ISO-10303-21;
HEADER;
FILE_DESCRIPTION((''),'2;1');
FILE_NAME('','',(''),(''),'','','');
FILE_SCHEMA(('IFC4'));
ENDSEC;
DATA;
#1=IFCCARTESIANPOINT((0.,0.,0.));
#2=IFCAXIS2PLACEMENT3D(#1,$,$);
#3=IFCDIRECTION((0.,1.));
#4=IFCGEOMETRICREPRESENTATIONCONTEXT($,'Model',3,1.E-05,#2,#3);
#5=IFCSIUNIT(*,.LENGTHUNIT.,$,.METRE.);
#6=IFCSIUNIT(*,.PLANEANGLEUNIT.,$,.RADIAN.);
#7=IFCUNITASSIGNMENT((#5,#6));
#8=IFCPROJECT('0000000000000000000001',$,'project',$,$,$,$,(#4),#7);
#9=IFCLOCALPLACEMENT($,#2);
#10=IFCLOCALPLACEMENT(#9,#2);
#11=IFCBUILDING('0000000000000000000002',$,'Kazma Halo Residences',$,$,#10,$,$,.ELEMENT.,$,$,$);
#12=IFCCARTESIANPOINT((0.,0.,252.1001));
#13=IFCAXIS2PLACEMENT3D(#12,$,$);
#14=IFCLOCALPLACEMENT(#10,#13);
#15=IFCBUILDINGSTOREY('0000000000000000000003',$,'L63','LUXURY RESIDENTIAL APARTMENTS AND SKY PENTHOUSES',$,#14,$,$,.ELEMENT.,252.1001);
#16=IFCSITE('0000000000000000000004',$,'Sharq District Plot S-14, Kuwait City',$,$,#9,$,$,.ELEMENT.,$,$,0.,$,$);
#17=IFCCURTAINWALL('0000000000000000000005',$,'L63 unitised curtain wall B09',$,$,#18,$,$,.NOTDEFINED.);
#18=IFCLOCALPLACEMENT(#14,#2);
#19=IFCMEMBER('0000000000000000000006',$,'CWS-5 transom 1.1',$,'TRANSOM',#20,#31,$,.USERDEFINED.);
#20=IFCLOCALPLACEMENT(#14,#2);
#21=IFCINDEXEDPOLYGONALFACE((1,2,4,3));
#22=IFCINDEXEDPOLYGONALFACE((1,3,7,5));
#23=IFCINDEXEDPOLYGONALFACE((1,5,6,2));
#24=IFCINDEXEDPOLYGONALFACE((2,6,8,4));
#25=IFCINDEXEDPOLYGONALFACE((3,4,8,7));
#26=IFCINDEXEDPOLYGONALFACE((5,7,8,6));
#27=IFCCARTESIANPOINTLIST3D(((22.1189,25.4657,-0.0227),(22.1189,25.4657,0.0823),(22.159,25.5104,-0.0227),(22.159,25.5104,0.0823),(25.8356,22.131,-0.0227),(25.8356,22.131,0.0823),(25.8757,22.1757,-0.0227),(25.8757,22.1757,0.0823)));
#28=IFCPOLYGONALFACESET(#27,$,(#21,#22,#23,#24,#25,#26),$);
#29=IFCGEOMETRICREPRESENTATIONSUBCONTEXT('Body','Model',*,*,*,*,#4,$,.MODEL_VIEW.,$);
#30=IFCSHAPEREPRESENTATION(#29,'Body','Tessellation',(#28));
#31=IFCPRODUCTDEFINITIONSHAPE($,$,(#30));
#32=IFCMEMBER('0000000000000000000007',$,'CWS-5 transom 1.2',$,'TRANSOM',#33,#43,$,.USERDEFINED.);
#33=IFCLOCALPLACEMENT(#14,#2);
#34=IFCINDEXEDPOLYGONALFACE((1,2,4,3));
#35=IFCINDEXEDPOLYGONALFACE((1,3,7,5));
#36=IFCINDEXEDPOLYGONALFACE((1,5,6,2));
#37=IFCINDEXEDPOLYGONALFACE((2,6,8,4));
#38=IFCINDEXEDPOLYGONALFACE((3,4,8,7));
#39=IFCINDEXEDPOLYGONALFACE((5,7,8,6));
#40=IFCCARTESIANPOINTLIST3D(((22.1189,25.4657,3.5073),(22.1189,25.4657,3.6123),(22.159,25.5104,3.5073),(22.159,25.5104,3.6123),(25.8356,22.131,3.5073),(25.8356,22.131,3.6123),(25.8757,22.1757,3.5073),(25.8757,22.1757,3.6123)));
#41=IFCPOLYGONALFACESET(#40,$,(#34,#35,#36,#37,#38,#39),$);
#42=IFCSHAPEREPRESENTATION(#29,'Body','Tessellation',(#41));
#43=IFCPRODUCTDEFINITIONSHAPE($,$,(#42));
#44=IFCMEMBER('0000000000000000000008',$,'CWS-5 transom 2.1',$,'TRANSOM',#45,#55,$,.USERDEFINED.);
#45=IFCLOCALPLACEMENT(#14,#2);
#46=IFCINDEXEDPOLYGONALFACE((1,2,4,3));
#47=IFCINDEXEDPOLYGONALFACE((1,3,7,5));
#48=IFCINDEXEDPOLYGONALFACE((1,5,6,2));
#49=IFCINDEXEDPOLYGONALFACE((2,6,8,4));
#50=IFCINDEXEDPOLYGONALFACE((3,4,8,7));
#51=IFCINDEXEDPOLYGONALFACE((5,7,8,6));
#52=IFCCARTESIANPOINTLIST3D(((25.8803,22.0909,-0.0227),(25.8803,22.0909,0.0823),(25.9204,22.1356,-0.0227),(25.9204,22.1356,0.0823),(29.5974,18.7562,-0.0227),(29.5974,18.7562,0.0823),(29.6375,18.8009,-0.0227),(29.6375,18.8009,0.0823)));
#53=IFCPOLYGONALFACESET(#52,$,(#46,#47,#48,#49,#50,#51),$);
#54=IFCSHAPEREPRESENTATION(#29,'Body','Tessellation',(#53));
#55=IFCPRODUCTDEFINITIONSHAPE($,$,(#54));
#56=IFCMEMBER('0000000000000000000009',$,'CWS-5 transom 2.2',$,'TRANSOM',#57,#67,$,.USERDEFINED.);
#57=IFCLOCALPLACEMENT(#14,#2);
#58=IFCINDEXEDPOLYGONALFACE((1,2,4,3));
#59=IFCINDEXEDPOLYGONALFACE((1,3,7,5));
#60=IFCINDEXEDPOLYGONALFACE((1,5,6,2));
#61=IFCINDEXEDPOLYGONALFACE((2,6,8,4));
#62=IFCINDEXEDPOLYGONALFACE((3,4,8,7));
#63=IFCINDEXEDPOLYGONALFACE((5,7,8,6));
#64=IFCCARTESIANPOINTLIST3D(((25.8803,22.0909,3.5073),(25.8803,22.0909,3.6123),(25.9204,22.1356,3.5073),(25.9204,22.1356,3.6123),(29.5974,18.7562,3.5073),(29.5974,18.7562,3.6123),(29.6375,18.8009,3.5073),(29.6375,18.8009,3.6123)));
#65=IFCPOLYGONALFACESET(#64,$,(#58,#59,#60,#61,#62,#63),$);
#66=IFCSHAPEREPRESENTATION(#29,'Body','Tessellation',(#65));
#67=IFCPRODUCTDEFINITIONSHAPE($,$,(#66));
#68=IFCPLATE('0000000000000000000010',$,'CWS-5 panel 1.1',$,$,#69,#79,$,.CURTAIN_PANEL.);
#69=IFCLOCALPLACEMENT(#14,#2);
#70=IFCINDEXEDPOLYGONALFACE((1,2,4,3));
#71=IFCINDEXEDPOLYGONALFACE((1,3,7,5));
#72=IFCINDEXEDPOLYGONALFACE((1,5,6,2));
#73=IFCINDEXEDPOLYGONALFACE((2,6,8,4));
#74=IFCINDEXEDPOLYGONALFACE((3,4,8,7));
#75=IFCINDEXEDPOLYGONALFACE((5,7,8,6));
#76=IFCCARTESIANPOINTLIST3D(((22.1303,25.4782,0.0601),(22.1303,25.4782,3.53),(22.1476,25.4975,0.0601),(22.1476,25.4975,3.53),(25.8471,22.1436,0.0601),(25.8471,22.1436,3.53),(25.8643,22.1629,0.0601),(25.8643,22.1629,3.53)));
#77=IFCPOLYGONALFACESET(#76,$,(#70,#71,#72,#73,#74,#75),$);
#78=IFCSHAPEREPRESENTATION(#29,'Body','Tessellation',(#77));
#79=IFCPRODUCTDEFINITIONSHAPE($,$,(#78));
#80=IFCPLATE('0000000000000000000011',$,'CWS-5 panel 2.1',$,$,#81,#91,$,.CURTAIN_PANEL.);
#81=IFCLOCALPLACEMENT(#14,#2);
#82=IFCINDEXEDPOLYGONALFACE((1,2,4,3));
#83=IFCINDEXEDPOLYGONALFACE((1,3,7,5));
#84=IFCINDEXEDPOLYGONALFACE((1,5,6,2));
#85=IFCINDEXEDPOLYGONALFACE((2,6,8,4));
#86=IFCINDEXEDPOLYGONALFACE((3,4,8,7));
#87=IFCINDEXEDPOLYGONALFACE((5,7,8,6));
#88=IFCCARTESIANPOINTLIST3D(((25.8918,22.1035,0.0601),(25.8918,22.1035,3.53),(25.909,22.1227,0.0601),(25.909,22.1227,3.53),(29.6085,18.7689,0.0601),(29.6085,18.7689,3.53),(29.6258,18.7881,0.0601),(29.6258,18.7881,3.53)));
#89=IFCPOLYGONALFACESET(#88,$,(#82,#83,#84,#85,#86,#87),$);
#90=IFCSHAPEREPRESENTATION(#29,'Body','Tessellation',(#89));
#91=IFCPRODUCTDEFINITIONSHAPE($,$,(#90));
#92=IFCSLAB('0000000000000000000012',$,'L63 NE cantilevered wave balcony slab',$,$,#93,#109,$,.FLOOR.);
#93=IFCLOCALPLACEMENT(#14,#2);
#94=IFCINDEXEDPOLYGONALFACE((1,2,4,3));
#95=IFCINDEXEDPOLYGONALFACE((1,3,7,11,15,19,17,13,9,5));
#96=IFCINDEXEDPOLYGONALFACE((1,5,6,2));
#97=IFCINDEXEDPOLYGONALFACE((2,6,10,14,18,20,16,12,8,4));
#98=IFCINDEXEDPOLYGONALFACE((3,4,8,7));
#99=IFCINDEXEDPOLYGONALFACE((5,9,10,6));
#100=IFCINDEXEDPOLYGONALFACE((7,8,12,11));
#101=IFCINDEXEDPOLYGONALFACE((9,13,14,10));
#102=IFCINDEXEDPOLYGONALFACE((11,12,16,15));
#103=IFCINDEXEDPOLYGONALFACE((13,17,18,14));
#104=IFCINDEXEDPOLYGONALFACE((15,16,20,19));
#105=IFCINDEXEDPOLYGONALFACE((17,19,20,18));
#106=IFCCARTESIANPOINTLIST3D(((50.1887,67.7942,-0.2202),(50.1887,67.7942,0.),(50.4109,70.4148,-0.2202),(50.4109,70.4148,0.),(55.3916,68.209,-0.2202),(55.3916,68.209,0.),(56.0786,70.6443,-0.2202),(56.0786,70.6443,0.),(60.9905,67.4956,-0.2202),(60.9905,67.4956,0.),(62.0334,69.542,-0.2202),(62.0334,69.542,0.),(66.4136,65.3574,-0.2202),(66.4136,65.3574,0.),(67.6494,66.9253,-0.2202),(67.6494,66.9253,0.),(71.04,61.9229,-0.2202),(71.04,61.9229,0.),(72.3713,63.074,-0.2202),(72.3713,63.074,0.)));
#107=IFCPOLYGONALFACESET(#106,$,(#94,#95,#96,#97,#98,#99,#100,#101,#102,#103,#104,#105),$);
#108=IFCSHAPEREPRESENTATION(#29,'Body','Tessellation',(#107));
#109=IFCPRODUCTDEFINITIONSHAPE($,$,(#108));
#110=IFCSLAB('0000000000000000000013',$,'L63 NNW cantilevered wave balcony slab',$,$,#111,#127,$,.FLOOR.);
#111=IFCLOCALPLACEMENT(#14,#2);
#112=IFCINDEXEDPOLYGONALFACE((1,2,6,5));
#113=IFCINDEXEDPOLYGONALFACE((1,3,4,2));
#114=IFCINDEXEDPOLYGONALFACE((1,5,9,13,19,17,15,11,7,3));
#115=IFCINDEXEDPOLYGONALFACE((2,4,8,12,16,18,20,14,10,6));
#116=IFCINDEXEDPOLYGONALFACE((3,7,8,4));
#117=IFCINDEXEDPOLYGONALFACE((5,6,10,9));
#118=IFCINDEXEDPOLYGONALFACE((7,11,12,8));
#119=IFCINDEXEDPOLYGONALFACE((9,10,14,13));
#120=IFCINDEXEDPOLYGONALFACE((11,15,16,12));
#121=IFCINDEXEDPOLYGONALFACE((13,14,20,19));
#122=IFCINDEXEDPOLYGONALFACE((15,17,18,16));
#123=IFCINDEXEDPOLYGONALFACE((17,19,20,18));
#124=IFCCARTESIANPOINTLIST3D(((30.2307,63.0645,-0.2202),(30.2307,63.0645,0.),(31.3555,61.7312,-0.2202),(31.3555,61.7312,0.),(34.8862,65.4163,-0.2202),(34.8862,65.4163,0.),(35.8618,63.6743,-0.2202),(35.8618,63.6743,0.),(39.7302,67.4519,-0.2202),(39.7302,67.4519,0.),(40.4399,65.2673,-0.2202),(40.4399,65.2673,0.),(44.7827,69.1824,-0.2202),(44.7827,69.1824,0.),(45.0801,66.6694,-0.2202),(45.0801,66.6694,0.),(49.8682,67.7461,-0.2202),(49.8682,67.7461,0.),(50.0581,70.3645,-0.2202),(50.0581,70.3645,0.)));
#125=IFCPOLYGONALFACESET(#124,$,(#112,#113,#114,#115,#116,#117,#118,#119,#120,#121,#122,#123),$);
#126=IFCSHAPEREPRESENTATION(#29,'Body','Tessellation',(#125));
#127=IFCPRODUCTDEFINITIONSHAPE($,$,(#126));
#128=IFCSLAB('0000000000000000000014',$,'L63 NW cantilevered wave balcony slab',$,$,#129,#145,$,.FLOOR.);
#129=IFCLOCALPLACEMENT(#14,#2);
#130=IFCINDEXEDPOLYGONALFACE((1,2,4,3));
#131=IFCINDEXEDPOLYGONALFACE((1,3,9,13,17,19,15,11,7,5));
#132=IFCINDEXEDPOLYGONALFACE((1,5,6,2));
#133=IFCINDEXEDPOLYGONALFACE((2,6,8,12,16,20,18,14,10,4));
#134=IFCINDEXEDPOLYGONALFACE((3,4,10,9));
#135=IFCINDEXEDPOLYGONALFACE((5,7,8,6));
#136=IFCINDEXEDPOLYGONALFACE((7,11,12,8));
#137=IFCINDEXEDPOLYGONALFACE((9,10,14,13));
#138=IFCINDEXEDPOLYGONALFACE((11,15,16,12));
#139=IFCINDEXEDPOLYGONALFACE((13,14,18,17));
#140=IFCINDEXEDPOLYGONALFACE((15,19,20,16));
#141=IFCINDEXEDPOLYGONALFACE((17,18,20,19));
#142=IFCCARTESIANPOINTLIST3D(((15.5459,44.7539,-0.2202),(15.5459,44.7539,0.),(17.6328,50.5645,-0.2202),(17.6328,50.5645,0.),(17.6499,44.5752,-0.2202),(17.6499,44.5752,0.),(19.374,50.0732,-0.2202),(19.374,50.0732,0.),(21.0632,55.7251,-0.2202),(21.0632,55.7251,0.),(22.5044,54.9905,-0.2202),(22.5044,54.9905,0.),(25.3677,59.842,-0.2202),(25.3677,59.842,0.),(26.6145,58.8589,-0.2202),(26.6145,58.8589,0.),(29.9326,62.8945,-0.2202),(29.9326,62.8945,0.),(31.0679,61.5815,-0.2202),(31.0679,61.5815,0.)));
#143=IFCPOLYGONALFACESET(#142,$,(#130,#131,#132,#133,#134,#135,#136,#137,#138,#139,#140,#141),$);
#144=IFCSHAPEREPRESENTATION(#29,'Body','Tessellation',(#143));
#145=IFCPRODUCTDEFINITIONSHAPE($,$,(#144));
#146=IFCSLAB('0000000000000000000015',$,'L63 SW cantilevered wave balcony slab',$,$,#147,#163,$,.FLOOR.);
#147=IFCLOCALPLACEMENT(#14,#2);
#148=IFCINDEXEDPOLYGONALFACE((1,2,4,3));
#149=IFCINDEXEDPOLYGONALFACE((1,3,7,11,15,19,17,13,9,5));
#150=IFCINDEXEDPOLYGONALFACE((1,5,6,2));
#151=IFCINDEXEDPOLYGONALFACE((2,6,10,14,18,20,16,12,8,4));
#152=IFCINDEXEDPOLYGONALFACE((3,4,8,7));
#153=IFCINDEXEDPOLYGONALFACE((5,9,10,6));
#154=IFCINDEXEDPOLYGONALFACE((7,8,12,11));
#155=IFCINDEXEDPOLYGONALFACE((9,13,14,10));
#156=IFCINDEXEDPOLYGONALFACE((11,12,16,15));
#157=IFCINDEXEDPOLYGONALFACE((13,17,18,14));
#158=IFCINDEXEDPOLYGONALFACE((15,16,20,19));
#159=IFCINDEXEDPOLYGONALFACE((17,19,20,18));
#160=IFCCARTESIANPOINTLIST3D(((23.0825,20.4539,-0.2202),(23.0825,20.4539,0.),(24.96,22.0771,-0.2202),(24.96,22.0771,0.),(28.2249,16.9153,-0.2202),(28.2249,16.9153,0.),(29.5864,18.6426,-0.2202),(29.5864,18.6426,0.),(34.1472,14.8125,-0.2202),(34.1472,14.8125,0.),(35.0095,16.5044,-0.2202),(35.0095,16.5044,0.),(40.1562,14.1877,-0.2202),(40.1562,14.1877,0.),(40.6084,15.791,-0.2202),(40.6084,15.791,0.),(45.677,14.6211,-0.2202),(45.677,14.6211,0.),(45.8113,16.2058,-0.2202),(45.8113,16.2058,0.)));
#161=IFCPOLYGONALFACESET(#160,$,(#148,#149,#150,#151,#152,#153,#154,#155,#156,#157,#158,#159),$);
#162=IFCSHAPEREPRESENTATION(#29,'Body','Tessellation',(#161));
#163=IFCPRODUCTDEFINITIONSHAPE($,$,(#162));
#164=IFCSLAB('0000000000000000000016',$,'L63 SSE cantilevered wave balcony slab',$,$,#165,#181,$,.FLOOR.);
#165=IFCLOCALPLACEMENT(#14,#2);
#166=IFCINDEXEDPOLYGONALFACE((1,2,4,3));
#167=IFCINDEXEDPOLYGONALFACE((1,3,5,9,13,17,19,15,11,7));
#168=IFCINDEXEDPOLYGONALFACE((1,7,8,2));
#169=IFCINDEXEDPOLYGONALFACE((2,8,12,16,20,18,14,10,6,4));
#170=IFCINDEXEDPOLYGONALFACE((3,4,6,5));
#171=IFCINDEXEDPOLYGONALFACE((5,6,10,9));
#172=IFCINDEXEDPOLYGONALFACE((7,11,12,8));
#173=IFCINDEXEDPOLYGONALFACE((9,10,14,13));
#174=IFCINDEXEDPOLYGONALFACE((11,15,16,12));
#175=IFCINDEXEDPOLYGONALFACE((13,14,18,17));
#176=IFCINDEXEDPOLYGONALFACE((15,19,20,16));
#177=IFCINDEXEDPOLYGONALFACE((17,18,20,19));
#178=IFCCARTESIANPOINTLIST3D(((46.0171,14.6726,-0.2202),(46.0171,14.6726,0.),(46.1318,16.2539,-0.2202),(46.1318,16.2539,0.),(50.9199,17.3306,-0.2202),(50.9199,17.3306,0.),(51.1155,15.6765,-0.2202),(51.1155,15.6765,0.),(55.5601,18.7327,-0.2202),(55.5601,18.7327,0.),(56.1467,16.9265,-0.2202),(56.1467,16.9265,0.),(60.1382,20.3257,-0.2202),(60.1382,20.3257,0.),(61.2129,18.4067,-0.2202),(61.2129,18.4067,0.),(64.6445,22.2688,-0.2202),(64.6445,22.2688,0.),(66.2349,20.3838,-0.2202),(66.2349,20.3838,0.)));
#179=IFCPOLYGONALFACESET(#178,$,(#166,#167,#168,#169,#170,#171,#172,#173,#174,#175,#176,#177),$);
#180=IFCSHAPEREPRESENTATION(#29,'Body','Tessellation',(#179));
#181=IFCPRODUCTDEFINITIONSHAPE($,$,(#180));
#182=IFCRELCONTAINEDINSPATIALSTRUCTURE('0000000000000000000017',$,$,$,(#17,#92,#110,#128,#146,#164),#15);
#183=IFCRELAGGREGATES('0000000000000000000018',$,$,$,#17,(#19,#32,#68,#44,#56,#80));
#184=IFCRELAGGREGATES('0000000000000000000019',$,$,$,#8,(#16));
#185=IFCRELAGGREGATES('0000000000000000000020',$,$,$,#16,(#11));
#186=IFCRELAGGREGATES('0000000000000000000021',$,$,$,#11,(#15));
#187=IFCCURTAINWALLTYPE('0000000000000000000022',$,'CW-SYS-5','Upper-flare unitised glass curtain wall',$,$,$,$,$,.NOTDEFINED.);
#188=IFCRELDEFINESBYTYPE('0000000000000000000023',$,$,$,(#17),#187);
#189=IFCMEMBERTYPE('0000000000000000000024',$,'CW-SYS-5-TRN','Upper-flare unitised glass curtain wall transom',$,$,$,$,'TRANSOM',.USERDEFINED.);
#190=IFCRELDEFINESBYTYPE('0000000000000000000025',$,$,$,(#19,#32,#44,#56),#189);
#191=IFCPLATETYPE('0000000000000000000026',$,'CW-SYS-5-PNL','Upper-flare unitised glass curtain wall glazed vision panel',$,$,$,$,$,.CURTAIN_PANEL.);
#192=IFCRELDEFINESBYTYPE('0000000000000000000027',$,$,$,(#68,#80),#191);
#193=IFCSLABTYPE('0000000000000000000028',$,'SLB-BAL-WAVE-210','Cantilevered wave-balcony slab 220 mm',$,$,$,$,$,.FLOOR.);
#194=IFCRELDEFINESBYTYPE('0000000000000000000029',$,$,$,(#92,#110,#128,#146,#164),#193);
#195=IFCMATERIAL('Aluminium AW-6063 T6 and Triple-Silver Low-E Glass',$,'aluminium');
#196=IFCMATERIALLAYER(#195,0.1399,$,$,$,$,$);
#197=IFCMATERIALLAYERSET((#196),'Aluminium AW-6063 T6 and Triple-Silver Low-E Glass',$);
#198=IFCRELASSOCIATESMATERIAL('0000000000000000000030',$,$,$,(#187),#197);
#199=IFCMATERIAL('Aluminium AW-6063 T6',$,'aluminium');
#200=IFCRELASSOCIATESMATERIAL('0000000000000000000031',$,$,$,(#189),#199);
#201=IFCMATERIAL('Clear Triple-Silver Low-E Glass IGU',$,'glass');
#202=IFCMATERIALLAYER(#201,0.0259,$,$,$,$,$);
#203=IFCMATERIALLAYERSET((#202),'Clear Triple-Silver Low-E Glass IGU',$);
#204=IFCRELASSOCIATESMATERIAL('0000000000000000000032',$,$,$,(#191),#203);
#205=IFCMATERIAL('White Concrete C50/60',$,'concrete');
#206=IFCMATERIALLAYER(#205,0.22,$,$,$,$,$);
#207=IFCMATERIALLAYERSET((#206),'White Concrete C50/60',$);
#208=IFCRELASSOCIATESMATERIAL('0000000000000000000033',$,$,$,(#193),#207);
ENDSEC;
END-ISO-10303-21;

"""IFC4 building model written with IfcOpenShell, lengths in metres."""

from ifc_helpers import new_model, si_unit, direction, frame, origin, origin_2d, place, context, subcontext, project, spatial, polyline, rectangle, outline, extrude, material, layer, layer_set, material_profile, profile_set, type_object, element, aggregate, save


model = new_model("IFC4")

# Units and contexts
model_context = context("Model", 3, precision=1e-05, world=origin(), true_north=direction((0.0, 1.0)))
body_context = subcontext(model_context, "Body", "Model", "MODEL_VIEW")
ifc_project = project(units=[si_unit("LENGTHUNIT", "METRE"), si_unit("PLANEANGLEUNIT", "RADIAN")], contexts=[model_context])

# Site, building, storey
site_placement = place(None, origin())
site = spatial("IfcSite", under=ifc_project, at=site_placement, Name="Sharq District Plot S-14, Kuwait City", CompositionType="ELEMENT", RefElevation=0.0)
building_placement = place(site_placement, origin())
building = spatial("IfcBuilding", under=site, at=building_placement, Name="Kazma Halo Residences", CompositionType="ELEMENT")
storey_placement = place(building_placement, frame((0.0, 0.0, 252.1001)))
storey = spatial("IfcBuildingStorey", under=building, at=storey_placement, Name="L63", Description="LUXURY RESIDENTIAL APARTMENTS AND SKY PENTHOUSES", CompositionType="ELEMENT", Elevation=252.1001)

# Curtain wall, members, plates
ifc_material_1 = material(Name="Aluminium AW-6063 T6 and Triple-Silver Low-E Glass", Category="aluminium")
ifc_layer_1 = layer(ifc_material_1, 0.1399)
ifc_layer_set_1 = layer_set([ifc_layer_1], Name="Aluminium AW-6063 T6 and Triple-Silver Low-E Glass")
curtain_wall_type = type_object("IfcCurtainWallType", Name="CW-SYS-5", Description="Upper-flare unitised glass curtain wall", PredefinedType="NOTDEFINED", material=ifc_layer_set_1)
curtain_wall_placement = place(storey_placement, origin())
curtain_wall = element("IfcCurtainWall", 1, at=curtain_wall_placement, inside=storey, type_object=curtain_wall_type, Name="L63 unitised curtain wall B09", PredefinedType="NOTDEFINED")
ifc_material_2 = material(Name="Aluminium AW-6063 T6", Category="aluminium")
ifc_material_profile_1 = material_profile(ifc_material_2, rectangle(XDim=0.0601, YDim=0.105, at=origin_2d()), Name="CWT-60x105")
ifc_profile_set_1 = profile_set([ifc_material_profile_1], Name="Aluminium AW-6063 T6")
member_type_1 = type_object("IfcMemberType", Name="CW-SYS-5-TRN", Description="Upper-flare unitised glass curtain wall transom", ElementType="TRANSOM", PredefinedType="USERDEFINED", material=ifc_profile_set_1)
member_1_placement = place(storey_placement, frame((22.1389, 25.488, 0.0298), z_axis=(0.744329, -0.667813, 0.0), x_axis=(0.667813, 0.744329, 0.0)))
member_1 = element("IfcMember", 2, at=member_1_placement, type_object=member_type_1, Name="CWS-5 transom 1.1", ObjectType="TRANSOM", PredefinedType="USERDEFINED", context=body_context, shape_type="SweptSolid", body=[
    extrude(rectangle(XDim=0.0601, YDim=0.105, at=origin_2d()), origin(), (0.0, 0.0, 1.0), 4.9934),
])
member_2_placement = place(storey_placement, frame((22.1389, 25.488, 3.5598), z_axis=(0.744329, -0.667813, 0.0), x_axis=(0.667813, 0.744329, 0.0)))
member_2 = element("IfcMember", 3, at=member_2_placement, type_object=member_type_1, Name="CWS-5 transom 1.2", ObjectType="TRANSOM", PredefinedType="USERDEFINED", context=body_context, shape_type="SweptSolid", body=[
    extrude(rectangle(XDim=0.0601, YDim=0.105, at=origin_2d()), origin(), (0.0, 0.0, 1.0), 4.9934),
])
member_3_placement = place(storey_placement, frame((25.9004, 22.1133, 0.0298), z_axis=(0.744351, -0.667789, 0.0), x_axis=(0.667789, 0.744351, 0.0)))
member_3 = element("IfcMember", 4, at=member_3_placement, type_object=member_type_1, Name="CWS-5 transom 2.1", ObjectType="TRANSOM", PredefinedType="USERDEFINED", context=body_context, shape_type="SweptSolid", body=[
    extrude(rectangle(XDim=0.0601, YDim=0.105, at=origin_2d()), origin(), (0.0, 0.0, 1.0), 4.9937),
])
member_4_placement = place(storey_placement, frame((25.9004, 22.1133, 3.5598), z_axis=(0.744351, -0.667789, 0.0), x_axis=(0.667789, 0.744351, 0.0)))
member_4 = element("IfcMember", 5, at=member_4_placement, type_object=member_type_1, Name="CWS-5 transom 2.2", ObjectType="TRANSOM", PredefinedType="USERDEFINED", context=body_context, shape_type="SweptSolid", body=[
    extrude(rectangle(XDim=0.0601, YDim=0.105, at=origin_2d()), origin(), (0.0, 0.0, 1.0), 4.9937),
])
ifc_material_3 = material(Name="Clear Triple-Silver Low-E Glass IGU", Category="glass")
ifc_layer_2 = layer(ifc_material_3, 0.0259)
ifc_layer_set_2 = layer_set([ifc_layer_2], Name="Clear Triple-Silver Low-E Glass IGU")
plate_type = type_object("IfcPlateType", Name="CW-SYS-5-PNL", Description="Upper-flare unitised glass curtain wall glazed vision panel", PredefinedType="CURTAIN_PANEL", material=ifc_layer_set_2)
plate_1_placement = place(storey_placement, frame((23.9973, 23.8206, 0.0601), z_axis=(0.0, 0.0, 1.0), x_axis=(0.744336, -0.667805, 0.0)))
plate_1 = element("IfcPlate", 6, at=plate_1_placement, type_object=plate_type, Name="CWS-5 panel 1.1", PredefinedType="CURTAIN_PANEL", context=body_context, shape_type="SweptSolid", body=[
    extrude(rectangle(XDim=4.9934, YDim=0.0259, at=origin_2d()), origin(), (0.0, 0.0, 1.0), 3.47),
])
plate_2_placement = place(storey_placement, frame((27.7588, 20.4458, 0.0601), z_axis=(0.0, 0.0, 1.0), x_axis=(0.744336, -0.667805, 0.0)))
plate_2 = element("IfcPlate", 7, at=plate_2_placement, type_object=plate_type, Name="CWS-5 panel 2.1", PredefinedType="CURTAIN_PANEL", context=body_context, shape_type="SweptSolid", body=[
    extrude(rectangle(XDim=4.9934, YDim=0.0259, at=origin_2d()), origin(), (0.0, 0.0, 1.0), 3.47),
])
aggregate(curtain_wall, [member_1, member_2, plate_1, member_3, member_4, plate_2])

# Slabs
ifc_material_4 = material(Name="White Concrete C50/60", Category="concrete")
ifc_layer_3 = layer(ifc_material_4, 0.22)
ifc_layer_set_3 = layer_set([ifc_layer_3], Name="White Concrete C50/60")
slab_type_1 = type_object("IfcSlabType", Name="SLB-BAL-WAVE-210", Description="Cantilevered wave-balcony slab 220 mm", PredefinedType="FLOOR", material=ifc_layer_set_3)
slab_1_placement = place(storey_placement, frame((0.0, 0.0, -0.2202)))
element("IfcSlab", 8, at=slab_1_placement, inside=storey, type_object=slab_type_1, Name="L63 NE cantilevered wave balcony slab", PredefinedType="FLOOR", context=body_context, shape_type="SweptSolid", body=[
    extrude(outline(polyline([(71.04, 61.9229), (66.4136, 65.3574), (60.9905, 67.4956), (55.3916, 68.209), (50.1887, 67.7942), (50.4109, 70.4148), (56.0786, 70.6443), (62.0334, 69.542), (67.6494, 66.9253), (72.3713, 63.074), (71.04, 61.9229)])), origin(), (0.0, 0.0, 1.0), 0.2202),
])
slab_2_placement = place(storey_placement, frame((0.0, 0.0, -0.2202)))
element("IfcSlab", 9, at=slab_2_placement, inside=storey, type_object=slab_type_1, Name="L63 NNW cantilevered wave balcony slab", PredefinedType="FLOOR", context=body_context, shape_type="SweptSolid", body=[
    extrude(outline(polyline([(49.8682, 67.7461), (45.0801, 66.6694), (40.4399, 65.2673), (35.8618, 63.6743), (31.3555, 61.7312), (30.2307, 63.0645), (34.8862, 65.4163), (39.7302, 67.4519), (44.7827, 69.1824), (50.0581, 70.3645), (49.8682, 67.7461)])), origin(), (0.0, 0.0, 1.0), 0.2202),
])
slab_3_placement = place(storey_placement, frame((0.0, 0.0, -0.2202)))
element("IfcSlab", 10, at=slab_3_placement, inside=storey, type_object=slab_type_1, Name="L63 NW cantilevered wave balcony slab", PredefinedType="FLOOR", context=body_context, shape_type="SweptSolid", body=[
    extrude(outline(polyline([(31.0679, 61.5815), (26.6145, 58.8589), (22.5044, 54.9905), (19.374, 50.0732), (17.6499, 44.5752), (15.5459, 44.7539), (17.6328, 50.5645), (21.0632, 55.7251), (25.3677, 59.842), (29.9326, 62.8945), (31.0679, 61.5815)])), origin(), (0.0, 0.0, 1.0), 0.2202),
])
slab_4_placement = place(storey_placement, frame((0.0, 0.0, -0.2202)))
element("IfcSlab", 11, at=slab_4_placement, inside=storey, type_object=slab_type_1, Name="L63 SW cantilevered wave balcony slab", PredefinedType="FLOOR", context=body_context, shape_type="SweptSolid", body=[
    extrude(outline(polyline([(24.96, 22.0771), (29.5864, 18.6426), (35.0095, 16.5044), (40.6084, 15.791), (45.8113, 16.2058), (45.677, 14.6211), (40.1562, 14.1877), (34.1472, 14.8125), (28.2249, 16.9153), (23.0825, 20.4539), (24.96, 22.0771)])), origin(), (0.0, 0.0, 1.0), 0.2202),
])
slab_5_placement = place(storey_placement, frame((0.0, 0.0, -0.2202)))
element("IfcSlab", 12, at=slab_5_placement, inside=storey, type_object=slab_type_1, Name="L63 SSE cantilevered wave balcony slab", PredefinedType="FLOOR", context=body_context, shape_type="SweptSolid", body=[
    extrude(outline(polyline([(46.1318, 16.2539), (50.9199, 17.3306), (55.5601, 18.7327), (60.1382, 20.3257), (64.6445, 22.2688), (66.2349, 20.3838), (61.2129, 18.4067), (56.1467, 16.9265), (51.1155, 15.6765), (46.0171, 14.6726), (46.1318, 16.2539)])), origin(), (0.0, 0.0, 1.0), 0.2202),
])

save(model, "model.ifc")
